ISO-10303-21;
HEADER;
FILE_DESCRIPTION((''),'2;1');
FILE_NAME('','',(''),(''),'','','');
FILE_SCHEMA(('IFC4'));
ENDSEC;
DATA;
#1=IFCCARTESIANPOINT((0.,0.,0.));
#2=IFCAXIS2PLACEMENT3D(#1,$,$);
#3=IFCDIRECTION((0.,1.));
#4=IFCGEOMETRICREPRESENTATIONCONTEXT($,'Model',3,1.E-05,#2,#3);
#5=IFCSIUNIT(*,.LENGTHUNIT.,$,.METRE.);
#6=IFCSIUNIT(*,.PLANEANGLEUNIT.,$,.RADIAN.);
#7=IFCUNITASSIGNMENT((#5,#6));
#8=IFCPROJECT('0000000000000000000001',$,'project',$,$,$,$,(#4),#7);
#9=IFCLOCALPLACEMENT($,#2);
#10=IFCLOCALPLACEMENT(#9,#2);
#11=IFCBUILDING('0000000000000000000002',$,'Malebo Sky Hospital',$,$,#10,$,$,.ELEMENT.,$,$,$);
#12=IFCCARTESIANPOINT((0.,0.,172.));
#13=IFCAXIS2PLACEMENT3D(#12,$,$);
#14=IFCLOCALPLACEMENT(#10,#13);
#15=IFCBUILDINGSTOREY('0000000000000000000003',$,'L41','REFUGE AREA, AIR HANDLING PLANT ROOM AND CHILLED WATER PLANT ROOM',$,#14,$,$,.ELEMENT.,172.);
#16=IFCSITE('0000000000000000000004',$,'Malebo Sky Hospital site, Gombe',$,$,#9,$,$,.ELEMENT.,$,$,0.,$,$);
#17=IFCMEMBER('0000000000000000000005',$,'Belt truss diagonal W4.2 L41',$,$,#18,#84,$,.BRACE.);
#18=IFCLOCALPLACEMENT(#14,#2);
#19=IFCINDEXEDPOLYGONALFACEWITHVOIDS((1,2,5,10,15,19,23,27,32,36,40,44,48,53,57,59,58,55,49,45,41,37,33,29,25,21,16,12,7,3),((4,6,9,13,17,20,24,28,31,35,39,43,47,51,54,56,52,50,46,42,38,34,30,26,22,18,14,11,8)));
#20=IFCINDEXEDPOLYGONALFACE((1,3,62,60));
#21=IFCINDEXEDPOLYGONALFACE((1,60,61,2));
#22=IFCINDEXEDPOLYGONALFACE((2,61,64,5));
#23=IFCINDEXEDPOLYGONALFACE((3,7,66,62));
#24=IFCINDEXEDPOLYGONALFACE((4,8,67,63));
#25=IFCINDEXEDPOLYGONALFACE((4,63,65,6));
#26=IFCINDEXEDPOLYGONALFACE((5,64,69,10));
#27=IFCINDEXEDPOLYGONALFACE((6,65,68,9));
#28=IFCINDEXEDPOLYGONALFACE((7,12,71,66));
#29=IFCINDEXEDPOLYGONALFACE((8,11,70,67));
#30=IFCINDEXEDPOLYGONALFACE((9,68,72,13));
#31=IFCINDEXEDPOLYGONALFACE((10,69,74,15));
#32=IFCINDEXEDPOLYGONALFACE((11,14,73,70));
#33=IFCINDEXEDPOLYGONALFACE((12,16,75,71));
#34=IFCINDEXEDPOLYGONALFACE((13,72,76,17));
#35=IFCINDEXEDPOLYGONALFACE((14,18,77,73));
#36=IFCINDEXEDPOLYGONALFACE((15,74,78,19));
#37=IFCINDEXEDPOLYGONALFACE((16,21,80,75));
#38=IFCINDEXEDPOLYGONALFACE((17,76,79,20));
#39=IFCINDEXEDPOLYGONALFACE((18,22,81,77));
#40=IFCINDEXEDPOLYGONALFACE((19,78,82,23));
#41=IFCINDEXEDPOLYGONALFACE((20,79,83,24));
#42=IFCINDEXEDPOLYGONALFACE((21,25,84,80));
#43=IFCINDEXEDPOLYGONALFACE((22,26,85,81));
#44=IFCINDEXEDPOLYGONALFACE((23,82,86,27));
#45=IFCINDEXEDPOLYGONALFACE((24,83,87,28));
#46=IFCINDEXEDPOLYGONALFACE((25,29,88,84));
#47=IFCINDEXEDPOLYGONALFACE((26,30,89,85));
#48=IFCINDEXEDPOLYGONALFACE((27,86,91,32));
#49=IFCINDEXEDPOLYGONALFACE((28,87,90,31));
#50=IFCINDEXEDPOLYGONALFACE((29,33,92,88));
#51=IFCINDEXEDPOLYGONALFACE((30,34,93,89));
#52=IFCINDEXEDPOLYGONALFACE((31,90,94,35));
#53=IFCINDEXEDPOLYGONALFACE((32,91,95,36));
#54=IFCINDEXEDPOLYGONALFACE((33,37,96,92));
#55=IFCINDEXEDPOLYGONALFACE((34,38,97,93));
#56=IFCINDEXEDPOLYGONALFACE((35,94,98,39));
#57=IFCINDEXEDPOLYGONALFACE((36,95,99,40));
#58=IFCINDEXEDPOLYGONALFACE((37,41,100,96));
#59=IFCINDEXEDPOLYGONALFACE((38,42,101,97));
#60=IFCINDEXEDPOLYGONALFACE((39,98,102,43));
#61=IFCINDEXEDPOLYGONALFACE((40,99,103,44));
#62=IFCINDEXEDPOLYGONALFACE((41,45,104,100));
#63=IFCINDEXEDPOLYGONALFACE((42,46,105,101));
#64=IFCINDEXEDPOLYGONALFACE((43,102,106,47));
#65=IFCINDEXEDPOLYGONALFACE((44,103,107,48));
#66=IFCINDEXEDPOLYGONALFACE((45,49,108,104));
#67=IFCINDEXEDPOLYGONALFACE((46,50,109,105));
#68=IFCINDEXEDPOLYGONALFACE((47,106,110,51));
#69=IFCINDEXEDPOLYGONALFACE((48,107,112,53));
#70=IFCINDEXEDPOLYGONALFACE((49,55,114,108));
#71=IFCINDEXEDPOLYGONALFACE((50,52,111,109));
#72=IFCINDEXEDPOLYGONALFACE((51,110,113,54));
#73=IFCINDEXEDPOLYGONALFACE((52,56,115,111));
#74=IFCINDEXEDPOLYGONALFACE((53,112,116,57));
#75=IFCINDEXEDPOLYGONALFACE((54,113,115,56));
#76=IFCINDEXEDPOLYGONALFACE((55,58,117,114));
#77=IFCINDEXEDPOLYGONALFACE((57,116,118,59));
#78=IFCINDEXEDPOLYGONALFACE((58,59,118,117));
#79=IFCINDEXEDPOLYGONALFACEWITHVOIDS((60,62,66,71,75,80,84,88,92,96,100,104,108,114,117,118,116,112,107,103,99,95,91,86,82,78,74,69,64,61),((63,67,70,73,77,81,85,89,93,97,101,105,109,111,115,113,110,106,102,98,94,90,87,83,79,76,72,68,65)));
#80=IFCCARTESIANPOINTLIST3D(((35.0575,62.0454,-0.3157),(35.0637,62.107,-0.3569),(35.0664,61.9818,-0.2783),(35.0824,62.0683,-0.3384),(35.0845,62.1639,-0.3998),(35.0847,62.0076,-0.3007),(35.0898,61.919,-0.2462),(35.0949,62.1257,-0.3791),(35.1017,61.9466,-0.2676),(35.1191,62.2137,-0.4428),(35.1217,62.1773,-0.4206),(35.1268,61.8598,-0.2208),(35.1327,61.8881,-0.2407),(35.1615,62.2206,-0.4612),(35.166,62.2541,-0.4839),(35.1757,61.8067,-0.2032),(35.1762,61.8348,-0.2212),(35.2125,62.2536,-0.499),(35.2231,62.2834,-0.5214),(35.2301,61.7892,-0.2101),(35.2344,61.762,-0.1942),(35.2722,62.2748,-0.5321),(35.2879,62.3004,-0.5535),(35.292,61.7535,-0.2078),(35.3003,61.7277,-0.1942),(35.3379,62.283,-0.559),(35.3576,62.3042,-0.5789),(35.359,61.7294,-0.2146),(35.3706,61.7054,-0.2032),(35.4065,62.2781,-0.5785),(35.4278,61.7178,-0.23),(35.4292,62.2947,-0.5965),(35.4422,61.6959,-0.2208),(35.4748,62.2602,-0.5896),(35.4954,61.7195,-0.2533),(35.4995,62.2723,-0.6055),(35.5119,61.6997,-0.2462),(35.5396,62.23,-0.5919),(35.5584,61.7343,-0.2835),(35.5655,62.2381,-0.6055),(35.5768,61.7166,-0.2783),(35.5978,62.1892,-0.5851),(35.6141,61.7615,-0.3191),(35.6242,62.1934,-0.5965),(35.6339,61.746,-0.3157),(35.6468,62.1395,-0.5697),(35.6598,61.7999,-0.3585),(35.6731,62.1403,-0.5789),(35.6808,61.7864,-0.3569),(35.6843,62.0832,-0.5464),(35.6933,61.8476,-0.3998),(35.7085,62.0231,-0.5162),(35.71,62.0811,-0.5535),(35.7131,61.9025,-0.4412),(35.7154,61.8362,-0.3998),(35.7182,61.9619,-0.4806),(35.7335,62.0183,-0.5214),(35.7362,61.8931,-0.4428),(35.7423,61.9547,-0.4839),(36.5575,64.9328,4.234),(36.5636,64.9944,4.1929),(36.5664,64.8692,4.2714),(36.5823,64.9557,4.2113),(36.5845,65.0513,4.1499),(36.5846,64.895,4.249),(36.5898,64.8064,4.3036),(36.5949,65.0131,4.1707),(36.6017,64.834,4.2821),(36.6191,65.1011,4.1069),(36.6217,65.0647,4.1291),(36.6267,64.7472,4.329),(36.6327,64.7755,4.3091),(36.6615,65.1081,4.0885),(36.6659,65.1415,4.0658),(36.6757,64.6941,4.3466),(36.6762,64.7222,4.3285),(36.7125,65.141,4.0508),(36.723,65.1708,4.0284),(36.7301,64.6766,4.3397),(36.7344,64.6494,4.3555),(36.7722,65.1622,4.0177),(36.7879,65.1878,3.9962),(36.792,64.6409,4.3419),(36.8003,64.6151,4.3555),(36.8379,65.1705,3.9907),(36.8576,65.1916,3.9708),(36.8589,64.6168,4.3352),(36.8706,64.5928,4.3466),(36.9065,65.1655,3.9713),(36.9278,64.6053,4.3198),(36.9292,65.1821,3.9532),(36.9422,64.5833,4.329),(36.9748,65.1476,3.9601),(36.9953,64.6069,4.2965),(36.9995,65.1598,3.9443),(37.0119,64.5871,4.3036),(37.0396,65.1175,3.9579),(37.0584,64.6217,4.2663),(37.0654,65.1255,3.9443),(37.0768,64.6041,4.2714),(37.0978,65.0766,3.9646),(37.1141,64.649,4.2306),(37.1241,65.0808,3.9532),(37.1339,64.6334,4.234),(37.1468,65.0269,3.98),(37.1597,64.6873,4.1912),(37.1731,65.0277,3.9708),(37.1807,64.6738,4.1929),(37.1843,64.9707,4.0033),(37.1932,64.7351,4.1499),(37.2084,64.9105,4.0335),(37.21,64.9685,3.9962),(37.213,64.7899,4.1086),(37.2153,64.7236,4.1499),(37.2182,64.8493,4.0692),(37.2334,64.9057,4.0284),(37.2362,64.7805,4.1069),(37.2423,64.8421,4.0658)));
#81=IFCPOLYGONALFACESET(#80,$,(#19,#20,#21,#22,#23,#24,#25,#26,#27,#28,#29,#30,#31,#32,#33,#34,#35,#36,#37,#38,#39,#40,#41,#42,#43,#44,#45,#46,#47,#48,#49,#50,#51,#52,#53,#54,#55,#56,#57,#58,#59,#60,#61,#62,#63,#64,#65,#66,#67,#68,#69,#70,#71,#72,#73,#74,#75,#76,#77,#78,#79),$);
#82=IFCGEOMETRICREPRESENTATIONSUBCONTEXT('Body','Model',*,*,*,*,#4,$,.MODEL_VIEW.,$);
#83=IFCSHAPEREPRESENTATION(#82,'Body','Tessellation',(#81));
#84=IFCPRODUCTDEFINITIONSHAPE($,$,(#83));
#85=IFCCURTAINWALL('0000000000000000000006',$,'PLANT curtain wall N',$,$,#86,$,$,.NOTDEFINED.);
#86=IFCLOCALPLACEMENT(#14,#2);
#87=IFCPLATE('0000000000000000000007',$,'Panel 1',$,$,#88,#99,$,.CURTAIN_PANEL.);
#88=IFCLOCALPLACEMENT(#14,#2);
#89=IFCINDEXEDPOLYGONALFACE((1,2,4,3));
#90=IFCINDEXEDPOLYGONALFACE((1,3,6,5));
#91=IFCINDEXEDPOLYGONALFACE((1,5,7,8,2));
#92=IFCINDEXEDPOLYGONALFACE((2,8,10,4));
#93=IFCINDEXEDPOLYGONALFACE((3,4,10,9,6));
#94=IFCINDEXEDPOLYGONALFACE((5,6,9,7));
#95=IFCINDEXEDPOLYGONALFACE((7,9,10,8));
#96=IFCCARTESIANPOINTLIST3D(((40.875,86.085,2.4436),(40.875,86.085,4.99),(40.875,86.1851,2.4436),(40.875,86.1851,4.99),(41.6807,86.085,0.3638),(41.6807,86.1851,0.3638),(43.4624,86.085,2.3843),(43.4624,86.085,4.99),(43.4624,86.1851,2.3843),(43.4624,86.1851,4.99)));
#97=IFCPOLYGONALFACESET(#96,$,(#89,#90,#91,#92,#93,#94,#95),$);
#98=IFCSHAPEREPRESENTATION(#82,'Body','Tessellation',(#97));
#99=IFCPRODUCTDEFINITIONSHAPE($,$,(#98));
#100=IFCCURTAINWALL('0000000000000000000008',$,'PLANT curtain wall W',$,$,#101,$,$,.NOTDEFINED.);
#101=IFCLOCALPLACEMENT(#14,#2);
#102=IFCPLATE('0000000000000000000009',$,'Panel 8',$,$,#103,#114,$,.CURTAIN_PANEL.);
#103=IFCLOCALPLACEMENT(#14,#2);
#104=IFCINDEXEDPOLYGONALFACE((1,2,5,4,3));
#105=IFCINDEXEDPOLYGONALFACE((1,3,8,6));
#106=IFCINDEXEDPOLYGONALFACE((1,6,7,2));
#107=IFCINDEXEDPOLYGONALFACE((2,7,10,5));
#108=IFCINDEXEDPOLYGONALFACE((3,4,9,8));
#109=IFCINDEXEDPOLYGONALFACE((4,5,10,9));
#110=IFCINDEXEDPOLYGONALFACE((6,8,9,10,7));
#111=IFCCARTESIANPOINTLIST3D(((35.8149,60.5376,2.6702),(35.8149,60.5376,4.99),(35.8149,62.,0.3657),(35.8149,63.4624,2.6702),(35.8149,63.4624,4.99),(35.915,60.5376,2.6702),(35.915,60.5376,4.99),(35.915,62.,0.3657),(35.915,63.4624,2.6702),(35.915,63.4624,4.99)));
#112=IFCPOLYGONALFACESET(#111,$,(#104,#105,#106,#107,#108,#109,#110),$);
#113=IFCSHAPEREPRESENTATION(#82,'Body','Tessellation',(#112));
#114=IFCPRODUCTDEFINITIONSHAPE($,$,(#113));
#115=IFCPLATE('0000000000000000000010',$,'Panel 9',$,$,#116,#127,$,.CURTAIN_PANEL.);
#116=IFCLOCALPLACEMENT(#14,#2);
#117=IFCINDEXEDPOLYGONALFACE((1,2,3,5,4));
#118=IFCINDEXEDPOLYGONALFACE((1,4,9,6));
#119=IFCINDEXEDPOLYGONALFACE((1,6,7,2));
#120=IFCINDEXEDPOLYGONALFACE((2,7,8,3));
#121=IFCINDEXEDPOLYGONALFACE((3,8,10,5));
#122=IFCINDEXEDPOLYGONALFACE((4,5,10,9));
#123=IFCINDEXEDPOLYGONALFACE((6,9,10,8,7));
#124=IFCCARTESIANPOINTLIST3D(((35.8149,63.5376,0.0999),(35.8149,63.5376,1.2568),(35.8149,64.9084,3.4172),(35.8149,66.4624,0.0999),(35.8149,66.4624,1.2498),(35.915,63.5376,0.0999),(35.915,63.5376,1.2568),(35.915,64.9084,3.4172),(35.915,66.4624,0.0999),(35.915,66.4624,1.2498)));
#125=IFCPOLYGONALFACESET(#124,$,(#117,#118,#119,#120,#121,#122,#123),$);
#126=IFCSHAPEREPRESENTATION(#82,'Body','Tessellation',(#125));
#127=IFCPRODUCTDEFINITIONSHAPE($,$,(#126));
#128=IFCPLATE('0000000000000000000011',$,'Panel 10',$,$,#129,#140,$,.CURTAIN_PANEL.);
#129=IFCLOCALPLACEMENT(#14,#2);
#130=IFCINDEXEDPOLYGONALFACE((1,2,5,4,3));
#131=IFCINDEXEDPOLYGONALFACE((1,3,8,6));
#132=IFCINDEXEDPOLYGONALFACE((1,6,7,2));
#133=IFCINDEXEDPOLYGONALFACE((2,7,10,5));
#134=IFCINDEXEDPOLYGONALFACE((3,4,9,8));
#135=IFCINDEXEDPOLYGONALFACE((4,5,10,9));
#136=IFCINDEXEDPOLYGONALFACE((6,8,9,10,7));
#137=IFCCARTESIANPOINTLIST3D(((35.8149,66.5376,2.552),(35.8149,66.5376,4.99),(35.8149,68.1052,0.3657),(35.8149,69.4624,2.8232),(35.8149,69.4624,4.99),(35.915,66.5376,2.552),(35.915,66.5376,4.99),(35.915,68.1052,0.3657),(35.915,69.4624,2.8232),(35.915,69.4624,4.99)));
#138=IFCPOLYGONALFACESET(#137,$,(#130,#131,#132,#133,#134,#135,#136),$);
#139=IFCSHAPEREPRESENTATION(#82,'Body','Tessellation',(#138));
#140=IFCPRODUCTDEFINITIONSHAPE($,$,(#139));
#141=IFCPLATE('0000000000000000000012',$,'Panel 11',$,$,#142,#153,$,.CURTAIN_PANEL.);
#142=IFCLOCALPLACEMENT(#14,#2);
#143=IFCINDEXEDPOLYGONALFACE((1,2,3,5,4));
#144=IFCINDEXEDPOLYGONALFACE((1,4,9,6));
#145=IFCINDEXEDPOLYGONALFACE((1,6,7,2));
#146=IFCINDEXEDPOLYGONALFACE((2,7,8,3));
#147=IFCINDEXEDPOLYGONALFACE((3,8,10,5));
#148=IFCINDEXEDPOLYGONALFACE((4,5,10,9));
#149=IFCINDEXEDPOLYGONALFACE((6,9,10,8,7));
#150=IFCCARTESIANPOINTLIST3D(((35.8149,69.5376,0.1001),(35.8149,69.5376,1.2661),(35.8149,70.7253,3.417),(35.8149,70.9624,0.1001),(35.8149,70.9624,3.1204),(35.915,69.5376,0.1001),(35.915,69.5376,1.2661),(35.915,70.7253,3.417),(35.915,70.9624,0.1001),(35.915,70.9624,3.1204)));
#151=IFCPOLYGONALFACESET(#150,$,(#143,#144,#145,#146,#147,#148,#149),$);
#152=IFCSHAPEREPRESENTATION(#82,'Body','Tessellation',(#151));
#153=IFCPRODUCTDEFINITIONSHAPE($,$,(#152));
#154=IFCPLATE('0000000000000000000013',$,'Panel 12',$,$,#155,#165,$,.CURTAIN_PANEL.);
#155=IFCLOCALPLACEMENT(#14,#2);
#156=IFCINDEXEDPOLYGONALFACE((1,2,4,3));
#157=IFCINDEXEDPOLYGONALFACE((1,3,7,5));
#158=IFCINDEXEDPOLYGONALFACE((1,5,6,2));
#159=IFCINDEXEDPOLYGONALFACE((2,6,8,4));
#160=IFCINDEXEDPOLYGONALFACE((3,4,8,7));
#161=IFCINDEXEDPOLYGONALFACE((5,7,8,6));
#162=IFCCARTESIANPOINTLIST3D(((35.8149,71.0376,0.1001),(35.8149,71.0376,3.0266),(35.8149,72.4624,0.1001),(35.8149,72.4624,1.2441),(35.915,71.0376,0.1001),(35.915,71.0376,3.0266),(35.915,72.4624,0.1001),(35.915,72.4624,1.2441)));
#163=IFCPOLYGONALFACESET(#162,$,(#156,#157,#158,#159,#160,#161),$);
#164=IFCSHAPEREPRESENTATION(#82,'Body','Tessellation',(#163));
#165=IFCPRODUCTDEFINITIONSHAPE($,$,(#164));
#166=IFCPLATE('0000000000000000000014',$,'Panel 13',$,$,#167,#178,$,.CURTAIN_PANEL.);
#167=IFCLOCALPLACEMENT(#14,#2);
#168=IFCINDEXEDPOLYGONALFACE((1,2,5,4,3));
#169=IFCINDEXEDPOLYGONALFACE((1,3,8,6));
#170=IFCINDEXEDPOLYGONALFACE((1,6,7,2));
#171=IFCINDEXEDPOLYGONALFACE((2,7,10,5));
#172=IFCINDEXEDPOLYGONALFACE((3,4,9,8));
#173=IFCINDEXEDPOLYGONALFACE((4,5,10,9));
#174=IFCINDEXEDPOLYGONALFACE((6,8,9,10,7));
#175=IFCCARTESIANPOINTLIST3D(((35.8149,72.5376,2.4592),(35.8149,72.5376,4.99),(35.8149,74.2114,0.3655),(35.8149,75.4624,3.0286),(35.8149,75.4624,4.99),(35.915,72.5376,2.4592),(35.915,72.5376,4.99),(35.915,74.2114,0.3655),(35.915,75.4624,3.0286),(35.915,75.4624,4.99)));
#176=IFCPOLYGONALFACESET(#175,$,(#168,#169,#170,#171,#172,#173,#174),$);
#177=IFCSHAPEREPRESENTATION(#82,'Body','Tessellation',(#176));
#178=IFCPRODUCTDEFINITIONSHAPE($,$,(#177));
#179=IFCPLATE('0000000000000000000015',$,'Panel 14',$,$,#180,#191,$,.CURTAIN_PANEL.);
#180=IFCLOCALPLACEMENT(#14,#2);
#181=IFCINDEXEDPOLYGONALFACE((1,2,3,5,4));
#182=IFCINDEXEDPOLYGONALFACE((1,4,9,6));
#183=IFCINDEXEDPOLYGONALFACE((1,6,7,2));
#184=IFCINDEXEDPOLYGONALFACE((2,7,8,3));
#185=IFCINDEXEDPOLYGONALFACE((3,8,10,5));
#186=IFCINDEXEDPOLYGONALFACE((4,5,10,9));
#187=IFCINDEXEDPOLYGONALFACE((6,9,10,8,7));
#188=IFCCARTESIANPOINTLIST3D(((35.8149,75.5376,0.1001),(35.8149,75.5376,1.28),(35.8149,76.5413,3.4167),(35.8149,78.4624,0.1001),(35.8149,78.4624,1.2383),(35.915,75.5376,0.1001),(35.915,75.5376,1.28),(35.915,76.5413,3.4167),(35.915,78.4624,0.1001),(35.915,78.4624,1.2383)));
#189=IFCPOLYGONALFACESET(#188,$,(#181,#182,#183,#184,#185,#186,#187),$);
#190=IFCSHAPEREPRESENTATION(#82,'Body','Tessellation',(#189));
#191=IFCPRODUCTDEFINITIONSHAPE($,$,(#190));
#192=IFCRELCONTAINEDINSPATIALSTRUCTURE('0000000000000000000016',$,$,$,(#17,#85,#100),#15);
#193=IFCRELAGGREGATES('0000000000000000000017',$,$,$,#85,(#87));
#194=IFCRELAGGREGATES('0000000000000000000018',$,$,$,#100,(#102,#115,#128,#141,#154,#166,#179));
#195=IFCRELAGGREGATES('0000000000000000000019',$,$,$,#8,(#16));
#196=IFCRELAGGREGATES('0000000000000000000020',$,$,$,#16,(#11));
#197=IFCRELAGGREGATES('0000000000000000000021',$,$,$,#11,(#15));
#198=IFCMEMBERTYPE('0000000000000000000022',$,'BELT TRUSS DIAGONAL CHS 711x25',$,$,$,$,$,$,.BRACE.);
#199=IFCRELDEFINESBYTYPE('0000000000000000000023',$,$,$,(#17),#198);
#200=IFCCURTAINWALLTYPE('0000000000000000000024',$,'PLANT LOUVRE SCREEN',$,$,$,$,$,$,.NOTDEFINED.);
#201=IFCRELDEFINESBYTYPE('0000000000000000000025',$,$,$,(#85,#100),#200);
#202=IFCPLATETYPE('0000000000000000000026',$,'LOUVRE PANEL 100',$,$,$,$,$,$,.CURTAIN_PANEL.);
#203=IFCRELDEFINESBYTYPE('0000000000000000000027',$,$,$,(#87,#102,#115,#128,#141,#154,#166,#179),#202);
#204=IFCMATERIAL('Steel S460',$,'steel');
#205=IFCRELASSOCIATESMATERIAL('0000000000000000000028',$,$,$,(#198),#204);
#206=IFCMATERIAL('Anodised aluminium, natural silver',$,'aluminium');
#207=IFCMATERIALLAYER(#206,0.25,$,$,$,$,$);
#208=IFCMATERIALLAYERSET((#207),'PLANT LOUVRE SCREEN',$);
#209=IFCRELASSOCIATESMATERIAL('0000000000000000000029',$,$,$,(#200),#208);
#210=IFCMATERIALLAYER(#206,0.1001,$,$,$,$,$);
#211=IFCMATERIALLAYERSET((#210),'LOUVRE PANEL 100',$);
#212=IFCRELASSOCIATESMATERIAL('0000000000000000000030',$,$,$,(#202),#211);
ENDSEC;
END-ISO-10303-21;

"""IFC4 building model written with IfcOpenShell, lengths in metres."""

from ifc_helpers import new_model, si_unit, direction, frame, origin, origin_2d, place, context, subcontext, project, spatial, polyline, hollow_circle, outline, extrude, material, layer, layer_set, material_profile, profile_set, type_object, element, aggregate, save


model = new_model("IFC4")

# Units and contexts
model_context = context("Model", 3, precision=1e-05, world=origin(), true_north=direction((0.0, 1.0)))
body_context = subcontext(model_context, "Body", "Model", "MODEL_VIEW")
ifc_project = project(units=[si_unit("LENGTHUNIT", "METRE"), si_unit("PLANEANGLEUNIT", "RADIAN")], contexts=[model_context])

# Site, building, storey
site_placement = place(None, origin())
site = spatial("IfcSite", under=ifc_project, at=site_placement, Name="Malebo Sky Hospital site, Gombe", CompositionType="ELEMENT", RefElevation=0.0)
building_placement = place(site_placement, origin())
building = spatial("IfcBuilding", under=site, at=building_placement, Name="Malebo Sky Hospital", CompositionType="ELEMENT")
storey_placement = place(building_placement, frame((0.0, 0.0, 172.0)))
storey = spatial("IfcBuildingStorey", under=building, at=storey_placement, Name="L41", Description="REFUGE AREA, AIR HANDLING PLANT ROOM AND CHILLED WATER PLANT ROOM", CompositionType="ELEMENT", Elevation=172.0)

# Member
ifc_material_1 = material(Name="Steel S460", Category="steel")
ifc_material_profile = material_profile(ifc_material_1, hollow_circle(Radius=0.3555, WallThickness=0.0249, at=origin_2d()), Name="CHS 711x25")
ifc_profile_set = profile_set([ifc_material_profile], Name="Steel S460")
member_type = type_object("IfcMemberType", Name="BELT TRUSS DIAGONAL CHS 711x25", PredefinedType="BRACE", material=ifc_profile_set)
member_1_placement = place(storey_placement, frame((36.8999, 64.8875, 4.1499), z_axis=(-0.268165, -0.516208, -0.813398), x_axis=(0.887402, -0.460996, 0.0)))
element("IfcMember", 1, at=member_1_placement, inside=storey, type_object=member_type, Name="Belt truss diagonal W4.2 L41", PredefinedType="BRACE", context=body_context, shape_type="SweptSolid", body=[
    extrude(hollow_circle(Radius=0.3555, WallThickness=0.0249, at=origin_2d()), origin(), (0.0, 0.0, 1.0), 5.5935),
])

# Curtain wall, plate
ifc_material_2 = material(Name="Anodised aluminium, natural silver", Category="aluminium")
ifc_layer_1 = layer(ifc_material_2, 0.25)
ifc_layer_set_1 = layer_set([ifc_layer_1], Name="PLANT LOUVRE SCREEN")
curtain_wall_type = type_object("IfcCurtainWallType", Name="PLANT LOUVRE SCREEN", PredefinedType="NOTDEFINED", material=ifc_layer_set_1)
curtain_wall_1_placement = place(storey_placement, origin())
curtain_wall_1 = element("IfcCurtainWall", 2, at=curtain_wall_1_placement, inside=storey, type_object=curtain_wall_type, Name="PLANT curtain wall N", PredefinedType="NOTDEFINED")
ifc_layer_2 = layer(ifc_material_2, 0.1001)
ifc_layer_set_2 = layer_set([ifc_layer_2], Name="LOUVRE PANEL 100")
plate_type = type_object("IfcPlateType", Name="LOUVRE PANEL 100", PredefinedType="CURTAIN_PANEL", material=ifc_layer_set_2)
plate_1_placement = place(storey_placement, frame((42.1687, 86.135, 0.3638), z_axis=(0.0, 0.0, 1.0), x_axis=(1.0, 0.0, 0.0)))
plate_1 = element("IfcPlate", 3, at=plate_1_placement, type_object=plate_type, Name="Panel 1", PredefinedType="CURTAIN_PANEL", context=body_context, shape_type="SweptSolid", body=[
    extrude(outline(polyline([(-0.488, 0.0), (1.2937, 2.0205), (1.2937, 4.6262), (-1.2937, 4.6262), (-1.2937, 2.0798), (-0.488, 0.0)])), frame((0.0, 0.05, 0.0), z_axis=(0.0, -1.0, 0.0), x_axis=(1.0, 0.0, 0.0)), (0.0, 0.0, 1.0), 0.1001),
])
aggregate(curtain_wall_1, [plate_1])

# Curtain wall, plates
curtain_wall_2_placement = place(storey_placement, origin())
curtain_wall_2 = element("IfcCurtainWall", 4, at=curtain_wall_2_placement, inside=storey, type_object=curtain_wall_type, Name="PLANT curtain wall W", PredefinedType="NOTDEFINED")
plate_2_placement = place(storey_placement, frame((35.865, 62.0, 0.3657), z_axis=(0.0, 0.0, 1.0), x_axis=(0.0, 1.0, 0.0)))
plate_2 = element("IfcPlate", 5, at=plate_2_placement, type_object=plate_type, Name="Panel 8", PredefinedType="CURTAIN_PANEL", context=body_context, shape_type="SweptSolid", body=[
    extrude(outline(polyline([(0.0, 0.0), (1.4624, 2.3044), (1.4624, 4.6243), (-1.4624, 4.6243), (-1.4624, 2.3044), (0.0, 0.0)])), frame((0.0, 0.05, 0.0), z_axis=(0.0, -1.0, 0.0), x_axis=(1.0, 0.0, 0.0)), (0.0, 0.0, 1.0), 0.1001),
])
plate_3_placement = place(storey_placement, frame((35.865, 65.0, 0.0999), z_axis=(0.0, 0.0, 1.0), x_axis=(0.0, 1.0, 0.0)))
plate_3 = element("IfcPlate", 6, at=plate_3_placement, type_object=plate_type, Name="Panel 9", PredefinedType="CURTAIN_PANEL", context=body_context, shape_type="SweptSolid", body=[
    extrude(outline(polyline([(-1.4624, 0.0), (1.4624, 0.0), (1.4624, 1.1499), (-0.0916, 3.3174), (-1.4624, 1.157), (-1.4624, 0.0)])), frame((0.0, 0.05, 0.0), z_axis=(0.0, -1.0, 0.0), x_axis=(1.0, 0.0, 0.0)), (0.0, 0.0, 1.0), 0.1001),
])
plate_4_placement = place(storey_placement, frame((35.865, 68.0, 0.3657), z_axis=(0.0, 0.0, 1.0), x_axis=(0.0, 1.0, 0.0)))
plate_4 = element("IfcPlate", 7, at=plate_4_placement, type_object=plate_type, Name="Panel 10", PredefinedType="CURTAIN_PANEL", context=body_context, shape_type="SweptSolid", body=[
    extrude(outline(polyline([(0.1052, 0.0), (1.4624, 2.4575), (1.4624, 4.6243), (-1.4624, 4.6243), (-1.4624, 2.1863), (0.1052, 0.0)])), frame((0.0, 0.05, 0.0), z_axis=(0.0, -1.0, 0.0), x_axis=(1.0, 0.0, 0.0)), (0.0, 0.0, 1.0), 0.1001),
])
plate_5_placement = place(storey_placement, frame((35.865, 70.25, 0.1001), z_axis=(0.0, 0.0, 1.0), x_axis=(0.0, 1.0, 0.0)))
plate_5 = element("IfcPlate", 8, at=plate_5_placement, type_object=plate_type, Name="Panel 11", PredefinedType="CURTAIN_PANEL", context=body_context, shape_type="SweptSolid", body=[
    extrude(outline(polyline([(-0.7124, 0.0), (0.7124, 0.0), (0.7124, 3.0203), (0.4753, 3.3169), (-0.7124, 1.166), (-0.7124, 0.0)])), frame((0.0, 0.05, 0.0), z_axis=(0.0, -1.0, 0.0), x_axis=(1.0, 0.0, 0.0)), (0.0, 0.0, 1.0), 0.1001),
])
plate_6_placement = place(storey_placement, frame((35.865, 71.75, 0.1001), z_axis=(0.0, 0.0, 1.0), x_axis=(0.0, 1.0, 0.0)))
plate_6 = element("IfcPlate", 9, at=plate_6_placement, type_object=plate_type, Name="Panel 12", PredefinedType="CURTAIN_PANEL", context=body_context, shape_type="SweptSolid", body=[
    extrude(outline(polyline([(-0.7124, 0.0), (0.7124, 0.0), (0.7124, 1.144), (-0.7124, 2.9265), (-0.7124, 0.0)])), frame((0.0, 0.05, 0.0), z_axis=(0.0, -1.0, 0.0), x_axis=(1.0, 0.0, 0.0)), (0.0, 0.0, 1.0), 0.1001),
])
plate_7_placement = place(storey_placement, frame((35.865, 74.0, 0.3655), z_axis=(0.0, 0.0, 1.0), x_axis=(0.0, 1.0, 0.0)))
plate_7 = element("IfcPlate", 10, at=plate_7_placement, type_object=plate_type, Name="Panel 13", PredefinedType="CURTAIN_PANEL", context=body_context, shape_type="SweptSolid", body=[
    extrude(outline(polyline([(0.2114, 0.0), (1.4624, 2.6631), (1.4624, 4.6245), (-1.4624, 4.6245), (-1.4624, 2.0938), (0.2114, 0.0)])), frame((0.0, 0.05, 0.0), z_axis=(0.0, -1.0, 0.0), x_axis=(1.0, 0.0, 0.0)), (0.0, 0.0, 1.0), 0.1001),
])
plate_8_placement = place(storey_placement, frame((35.865, 77.0, 0.1001), z_axis=(0.0, 0.0, 1.0), x_axis=(0.0, 1.0, 0.0)))
plate_8 = element("IfcPlate", 11, at=plate_8_placement, type_object=plate_type, Name="Panel 14", PredefinedType="CURTAIN_PANEL", context=body_context, shape_type="SweptSolid", body=[
    extrude(outline(polyline([(-1.4624, 0.0), (1.4624, 0.0), (1.4624, 1.1382), (-0.4587, 3.3167), (-1.4624, 1.1799), (-1.4624, 0.0)])), frame((0.0, 0.05, 0.0), z_axis=(0.0, -1.0, 0.0), x_axis=(1.0, 0.0, 0.0)), (0.0, 0.0, 1.0), 0.1001),
])
aggregate(curtain_wall_2, [plate_2, plate_3, plate_4, plate_5, plate_6, plate_7, plate_8])

save(model, "model.ifc")
